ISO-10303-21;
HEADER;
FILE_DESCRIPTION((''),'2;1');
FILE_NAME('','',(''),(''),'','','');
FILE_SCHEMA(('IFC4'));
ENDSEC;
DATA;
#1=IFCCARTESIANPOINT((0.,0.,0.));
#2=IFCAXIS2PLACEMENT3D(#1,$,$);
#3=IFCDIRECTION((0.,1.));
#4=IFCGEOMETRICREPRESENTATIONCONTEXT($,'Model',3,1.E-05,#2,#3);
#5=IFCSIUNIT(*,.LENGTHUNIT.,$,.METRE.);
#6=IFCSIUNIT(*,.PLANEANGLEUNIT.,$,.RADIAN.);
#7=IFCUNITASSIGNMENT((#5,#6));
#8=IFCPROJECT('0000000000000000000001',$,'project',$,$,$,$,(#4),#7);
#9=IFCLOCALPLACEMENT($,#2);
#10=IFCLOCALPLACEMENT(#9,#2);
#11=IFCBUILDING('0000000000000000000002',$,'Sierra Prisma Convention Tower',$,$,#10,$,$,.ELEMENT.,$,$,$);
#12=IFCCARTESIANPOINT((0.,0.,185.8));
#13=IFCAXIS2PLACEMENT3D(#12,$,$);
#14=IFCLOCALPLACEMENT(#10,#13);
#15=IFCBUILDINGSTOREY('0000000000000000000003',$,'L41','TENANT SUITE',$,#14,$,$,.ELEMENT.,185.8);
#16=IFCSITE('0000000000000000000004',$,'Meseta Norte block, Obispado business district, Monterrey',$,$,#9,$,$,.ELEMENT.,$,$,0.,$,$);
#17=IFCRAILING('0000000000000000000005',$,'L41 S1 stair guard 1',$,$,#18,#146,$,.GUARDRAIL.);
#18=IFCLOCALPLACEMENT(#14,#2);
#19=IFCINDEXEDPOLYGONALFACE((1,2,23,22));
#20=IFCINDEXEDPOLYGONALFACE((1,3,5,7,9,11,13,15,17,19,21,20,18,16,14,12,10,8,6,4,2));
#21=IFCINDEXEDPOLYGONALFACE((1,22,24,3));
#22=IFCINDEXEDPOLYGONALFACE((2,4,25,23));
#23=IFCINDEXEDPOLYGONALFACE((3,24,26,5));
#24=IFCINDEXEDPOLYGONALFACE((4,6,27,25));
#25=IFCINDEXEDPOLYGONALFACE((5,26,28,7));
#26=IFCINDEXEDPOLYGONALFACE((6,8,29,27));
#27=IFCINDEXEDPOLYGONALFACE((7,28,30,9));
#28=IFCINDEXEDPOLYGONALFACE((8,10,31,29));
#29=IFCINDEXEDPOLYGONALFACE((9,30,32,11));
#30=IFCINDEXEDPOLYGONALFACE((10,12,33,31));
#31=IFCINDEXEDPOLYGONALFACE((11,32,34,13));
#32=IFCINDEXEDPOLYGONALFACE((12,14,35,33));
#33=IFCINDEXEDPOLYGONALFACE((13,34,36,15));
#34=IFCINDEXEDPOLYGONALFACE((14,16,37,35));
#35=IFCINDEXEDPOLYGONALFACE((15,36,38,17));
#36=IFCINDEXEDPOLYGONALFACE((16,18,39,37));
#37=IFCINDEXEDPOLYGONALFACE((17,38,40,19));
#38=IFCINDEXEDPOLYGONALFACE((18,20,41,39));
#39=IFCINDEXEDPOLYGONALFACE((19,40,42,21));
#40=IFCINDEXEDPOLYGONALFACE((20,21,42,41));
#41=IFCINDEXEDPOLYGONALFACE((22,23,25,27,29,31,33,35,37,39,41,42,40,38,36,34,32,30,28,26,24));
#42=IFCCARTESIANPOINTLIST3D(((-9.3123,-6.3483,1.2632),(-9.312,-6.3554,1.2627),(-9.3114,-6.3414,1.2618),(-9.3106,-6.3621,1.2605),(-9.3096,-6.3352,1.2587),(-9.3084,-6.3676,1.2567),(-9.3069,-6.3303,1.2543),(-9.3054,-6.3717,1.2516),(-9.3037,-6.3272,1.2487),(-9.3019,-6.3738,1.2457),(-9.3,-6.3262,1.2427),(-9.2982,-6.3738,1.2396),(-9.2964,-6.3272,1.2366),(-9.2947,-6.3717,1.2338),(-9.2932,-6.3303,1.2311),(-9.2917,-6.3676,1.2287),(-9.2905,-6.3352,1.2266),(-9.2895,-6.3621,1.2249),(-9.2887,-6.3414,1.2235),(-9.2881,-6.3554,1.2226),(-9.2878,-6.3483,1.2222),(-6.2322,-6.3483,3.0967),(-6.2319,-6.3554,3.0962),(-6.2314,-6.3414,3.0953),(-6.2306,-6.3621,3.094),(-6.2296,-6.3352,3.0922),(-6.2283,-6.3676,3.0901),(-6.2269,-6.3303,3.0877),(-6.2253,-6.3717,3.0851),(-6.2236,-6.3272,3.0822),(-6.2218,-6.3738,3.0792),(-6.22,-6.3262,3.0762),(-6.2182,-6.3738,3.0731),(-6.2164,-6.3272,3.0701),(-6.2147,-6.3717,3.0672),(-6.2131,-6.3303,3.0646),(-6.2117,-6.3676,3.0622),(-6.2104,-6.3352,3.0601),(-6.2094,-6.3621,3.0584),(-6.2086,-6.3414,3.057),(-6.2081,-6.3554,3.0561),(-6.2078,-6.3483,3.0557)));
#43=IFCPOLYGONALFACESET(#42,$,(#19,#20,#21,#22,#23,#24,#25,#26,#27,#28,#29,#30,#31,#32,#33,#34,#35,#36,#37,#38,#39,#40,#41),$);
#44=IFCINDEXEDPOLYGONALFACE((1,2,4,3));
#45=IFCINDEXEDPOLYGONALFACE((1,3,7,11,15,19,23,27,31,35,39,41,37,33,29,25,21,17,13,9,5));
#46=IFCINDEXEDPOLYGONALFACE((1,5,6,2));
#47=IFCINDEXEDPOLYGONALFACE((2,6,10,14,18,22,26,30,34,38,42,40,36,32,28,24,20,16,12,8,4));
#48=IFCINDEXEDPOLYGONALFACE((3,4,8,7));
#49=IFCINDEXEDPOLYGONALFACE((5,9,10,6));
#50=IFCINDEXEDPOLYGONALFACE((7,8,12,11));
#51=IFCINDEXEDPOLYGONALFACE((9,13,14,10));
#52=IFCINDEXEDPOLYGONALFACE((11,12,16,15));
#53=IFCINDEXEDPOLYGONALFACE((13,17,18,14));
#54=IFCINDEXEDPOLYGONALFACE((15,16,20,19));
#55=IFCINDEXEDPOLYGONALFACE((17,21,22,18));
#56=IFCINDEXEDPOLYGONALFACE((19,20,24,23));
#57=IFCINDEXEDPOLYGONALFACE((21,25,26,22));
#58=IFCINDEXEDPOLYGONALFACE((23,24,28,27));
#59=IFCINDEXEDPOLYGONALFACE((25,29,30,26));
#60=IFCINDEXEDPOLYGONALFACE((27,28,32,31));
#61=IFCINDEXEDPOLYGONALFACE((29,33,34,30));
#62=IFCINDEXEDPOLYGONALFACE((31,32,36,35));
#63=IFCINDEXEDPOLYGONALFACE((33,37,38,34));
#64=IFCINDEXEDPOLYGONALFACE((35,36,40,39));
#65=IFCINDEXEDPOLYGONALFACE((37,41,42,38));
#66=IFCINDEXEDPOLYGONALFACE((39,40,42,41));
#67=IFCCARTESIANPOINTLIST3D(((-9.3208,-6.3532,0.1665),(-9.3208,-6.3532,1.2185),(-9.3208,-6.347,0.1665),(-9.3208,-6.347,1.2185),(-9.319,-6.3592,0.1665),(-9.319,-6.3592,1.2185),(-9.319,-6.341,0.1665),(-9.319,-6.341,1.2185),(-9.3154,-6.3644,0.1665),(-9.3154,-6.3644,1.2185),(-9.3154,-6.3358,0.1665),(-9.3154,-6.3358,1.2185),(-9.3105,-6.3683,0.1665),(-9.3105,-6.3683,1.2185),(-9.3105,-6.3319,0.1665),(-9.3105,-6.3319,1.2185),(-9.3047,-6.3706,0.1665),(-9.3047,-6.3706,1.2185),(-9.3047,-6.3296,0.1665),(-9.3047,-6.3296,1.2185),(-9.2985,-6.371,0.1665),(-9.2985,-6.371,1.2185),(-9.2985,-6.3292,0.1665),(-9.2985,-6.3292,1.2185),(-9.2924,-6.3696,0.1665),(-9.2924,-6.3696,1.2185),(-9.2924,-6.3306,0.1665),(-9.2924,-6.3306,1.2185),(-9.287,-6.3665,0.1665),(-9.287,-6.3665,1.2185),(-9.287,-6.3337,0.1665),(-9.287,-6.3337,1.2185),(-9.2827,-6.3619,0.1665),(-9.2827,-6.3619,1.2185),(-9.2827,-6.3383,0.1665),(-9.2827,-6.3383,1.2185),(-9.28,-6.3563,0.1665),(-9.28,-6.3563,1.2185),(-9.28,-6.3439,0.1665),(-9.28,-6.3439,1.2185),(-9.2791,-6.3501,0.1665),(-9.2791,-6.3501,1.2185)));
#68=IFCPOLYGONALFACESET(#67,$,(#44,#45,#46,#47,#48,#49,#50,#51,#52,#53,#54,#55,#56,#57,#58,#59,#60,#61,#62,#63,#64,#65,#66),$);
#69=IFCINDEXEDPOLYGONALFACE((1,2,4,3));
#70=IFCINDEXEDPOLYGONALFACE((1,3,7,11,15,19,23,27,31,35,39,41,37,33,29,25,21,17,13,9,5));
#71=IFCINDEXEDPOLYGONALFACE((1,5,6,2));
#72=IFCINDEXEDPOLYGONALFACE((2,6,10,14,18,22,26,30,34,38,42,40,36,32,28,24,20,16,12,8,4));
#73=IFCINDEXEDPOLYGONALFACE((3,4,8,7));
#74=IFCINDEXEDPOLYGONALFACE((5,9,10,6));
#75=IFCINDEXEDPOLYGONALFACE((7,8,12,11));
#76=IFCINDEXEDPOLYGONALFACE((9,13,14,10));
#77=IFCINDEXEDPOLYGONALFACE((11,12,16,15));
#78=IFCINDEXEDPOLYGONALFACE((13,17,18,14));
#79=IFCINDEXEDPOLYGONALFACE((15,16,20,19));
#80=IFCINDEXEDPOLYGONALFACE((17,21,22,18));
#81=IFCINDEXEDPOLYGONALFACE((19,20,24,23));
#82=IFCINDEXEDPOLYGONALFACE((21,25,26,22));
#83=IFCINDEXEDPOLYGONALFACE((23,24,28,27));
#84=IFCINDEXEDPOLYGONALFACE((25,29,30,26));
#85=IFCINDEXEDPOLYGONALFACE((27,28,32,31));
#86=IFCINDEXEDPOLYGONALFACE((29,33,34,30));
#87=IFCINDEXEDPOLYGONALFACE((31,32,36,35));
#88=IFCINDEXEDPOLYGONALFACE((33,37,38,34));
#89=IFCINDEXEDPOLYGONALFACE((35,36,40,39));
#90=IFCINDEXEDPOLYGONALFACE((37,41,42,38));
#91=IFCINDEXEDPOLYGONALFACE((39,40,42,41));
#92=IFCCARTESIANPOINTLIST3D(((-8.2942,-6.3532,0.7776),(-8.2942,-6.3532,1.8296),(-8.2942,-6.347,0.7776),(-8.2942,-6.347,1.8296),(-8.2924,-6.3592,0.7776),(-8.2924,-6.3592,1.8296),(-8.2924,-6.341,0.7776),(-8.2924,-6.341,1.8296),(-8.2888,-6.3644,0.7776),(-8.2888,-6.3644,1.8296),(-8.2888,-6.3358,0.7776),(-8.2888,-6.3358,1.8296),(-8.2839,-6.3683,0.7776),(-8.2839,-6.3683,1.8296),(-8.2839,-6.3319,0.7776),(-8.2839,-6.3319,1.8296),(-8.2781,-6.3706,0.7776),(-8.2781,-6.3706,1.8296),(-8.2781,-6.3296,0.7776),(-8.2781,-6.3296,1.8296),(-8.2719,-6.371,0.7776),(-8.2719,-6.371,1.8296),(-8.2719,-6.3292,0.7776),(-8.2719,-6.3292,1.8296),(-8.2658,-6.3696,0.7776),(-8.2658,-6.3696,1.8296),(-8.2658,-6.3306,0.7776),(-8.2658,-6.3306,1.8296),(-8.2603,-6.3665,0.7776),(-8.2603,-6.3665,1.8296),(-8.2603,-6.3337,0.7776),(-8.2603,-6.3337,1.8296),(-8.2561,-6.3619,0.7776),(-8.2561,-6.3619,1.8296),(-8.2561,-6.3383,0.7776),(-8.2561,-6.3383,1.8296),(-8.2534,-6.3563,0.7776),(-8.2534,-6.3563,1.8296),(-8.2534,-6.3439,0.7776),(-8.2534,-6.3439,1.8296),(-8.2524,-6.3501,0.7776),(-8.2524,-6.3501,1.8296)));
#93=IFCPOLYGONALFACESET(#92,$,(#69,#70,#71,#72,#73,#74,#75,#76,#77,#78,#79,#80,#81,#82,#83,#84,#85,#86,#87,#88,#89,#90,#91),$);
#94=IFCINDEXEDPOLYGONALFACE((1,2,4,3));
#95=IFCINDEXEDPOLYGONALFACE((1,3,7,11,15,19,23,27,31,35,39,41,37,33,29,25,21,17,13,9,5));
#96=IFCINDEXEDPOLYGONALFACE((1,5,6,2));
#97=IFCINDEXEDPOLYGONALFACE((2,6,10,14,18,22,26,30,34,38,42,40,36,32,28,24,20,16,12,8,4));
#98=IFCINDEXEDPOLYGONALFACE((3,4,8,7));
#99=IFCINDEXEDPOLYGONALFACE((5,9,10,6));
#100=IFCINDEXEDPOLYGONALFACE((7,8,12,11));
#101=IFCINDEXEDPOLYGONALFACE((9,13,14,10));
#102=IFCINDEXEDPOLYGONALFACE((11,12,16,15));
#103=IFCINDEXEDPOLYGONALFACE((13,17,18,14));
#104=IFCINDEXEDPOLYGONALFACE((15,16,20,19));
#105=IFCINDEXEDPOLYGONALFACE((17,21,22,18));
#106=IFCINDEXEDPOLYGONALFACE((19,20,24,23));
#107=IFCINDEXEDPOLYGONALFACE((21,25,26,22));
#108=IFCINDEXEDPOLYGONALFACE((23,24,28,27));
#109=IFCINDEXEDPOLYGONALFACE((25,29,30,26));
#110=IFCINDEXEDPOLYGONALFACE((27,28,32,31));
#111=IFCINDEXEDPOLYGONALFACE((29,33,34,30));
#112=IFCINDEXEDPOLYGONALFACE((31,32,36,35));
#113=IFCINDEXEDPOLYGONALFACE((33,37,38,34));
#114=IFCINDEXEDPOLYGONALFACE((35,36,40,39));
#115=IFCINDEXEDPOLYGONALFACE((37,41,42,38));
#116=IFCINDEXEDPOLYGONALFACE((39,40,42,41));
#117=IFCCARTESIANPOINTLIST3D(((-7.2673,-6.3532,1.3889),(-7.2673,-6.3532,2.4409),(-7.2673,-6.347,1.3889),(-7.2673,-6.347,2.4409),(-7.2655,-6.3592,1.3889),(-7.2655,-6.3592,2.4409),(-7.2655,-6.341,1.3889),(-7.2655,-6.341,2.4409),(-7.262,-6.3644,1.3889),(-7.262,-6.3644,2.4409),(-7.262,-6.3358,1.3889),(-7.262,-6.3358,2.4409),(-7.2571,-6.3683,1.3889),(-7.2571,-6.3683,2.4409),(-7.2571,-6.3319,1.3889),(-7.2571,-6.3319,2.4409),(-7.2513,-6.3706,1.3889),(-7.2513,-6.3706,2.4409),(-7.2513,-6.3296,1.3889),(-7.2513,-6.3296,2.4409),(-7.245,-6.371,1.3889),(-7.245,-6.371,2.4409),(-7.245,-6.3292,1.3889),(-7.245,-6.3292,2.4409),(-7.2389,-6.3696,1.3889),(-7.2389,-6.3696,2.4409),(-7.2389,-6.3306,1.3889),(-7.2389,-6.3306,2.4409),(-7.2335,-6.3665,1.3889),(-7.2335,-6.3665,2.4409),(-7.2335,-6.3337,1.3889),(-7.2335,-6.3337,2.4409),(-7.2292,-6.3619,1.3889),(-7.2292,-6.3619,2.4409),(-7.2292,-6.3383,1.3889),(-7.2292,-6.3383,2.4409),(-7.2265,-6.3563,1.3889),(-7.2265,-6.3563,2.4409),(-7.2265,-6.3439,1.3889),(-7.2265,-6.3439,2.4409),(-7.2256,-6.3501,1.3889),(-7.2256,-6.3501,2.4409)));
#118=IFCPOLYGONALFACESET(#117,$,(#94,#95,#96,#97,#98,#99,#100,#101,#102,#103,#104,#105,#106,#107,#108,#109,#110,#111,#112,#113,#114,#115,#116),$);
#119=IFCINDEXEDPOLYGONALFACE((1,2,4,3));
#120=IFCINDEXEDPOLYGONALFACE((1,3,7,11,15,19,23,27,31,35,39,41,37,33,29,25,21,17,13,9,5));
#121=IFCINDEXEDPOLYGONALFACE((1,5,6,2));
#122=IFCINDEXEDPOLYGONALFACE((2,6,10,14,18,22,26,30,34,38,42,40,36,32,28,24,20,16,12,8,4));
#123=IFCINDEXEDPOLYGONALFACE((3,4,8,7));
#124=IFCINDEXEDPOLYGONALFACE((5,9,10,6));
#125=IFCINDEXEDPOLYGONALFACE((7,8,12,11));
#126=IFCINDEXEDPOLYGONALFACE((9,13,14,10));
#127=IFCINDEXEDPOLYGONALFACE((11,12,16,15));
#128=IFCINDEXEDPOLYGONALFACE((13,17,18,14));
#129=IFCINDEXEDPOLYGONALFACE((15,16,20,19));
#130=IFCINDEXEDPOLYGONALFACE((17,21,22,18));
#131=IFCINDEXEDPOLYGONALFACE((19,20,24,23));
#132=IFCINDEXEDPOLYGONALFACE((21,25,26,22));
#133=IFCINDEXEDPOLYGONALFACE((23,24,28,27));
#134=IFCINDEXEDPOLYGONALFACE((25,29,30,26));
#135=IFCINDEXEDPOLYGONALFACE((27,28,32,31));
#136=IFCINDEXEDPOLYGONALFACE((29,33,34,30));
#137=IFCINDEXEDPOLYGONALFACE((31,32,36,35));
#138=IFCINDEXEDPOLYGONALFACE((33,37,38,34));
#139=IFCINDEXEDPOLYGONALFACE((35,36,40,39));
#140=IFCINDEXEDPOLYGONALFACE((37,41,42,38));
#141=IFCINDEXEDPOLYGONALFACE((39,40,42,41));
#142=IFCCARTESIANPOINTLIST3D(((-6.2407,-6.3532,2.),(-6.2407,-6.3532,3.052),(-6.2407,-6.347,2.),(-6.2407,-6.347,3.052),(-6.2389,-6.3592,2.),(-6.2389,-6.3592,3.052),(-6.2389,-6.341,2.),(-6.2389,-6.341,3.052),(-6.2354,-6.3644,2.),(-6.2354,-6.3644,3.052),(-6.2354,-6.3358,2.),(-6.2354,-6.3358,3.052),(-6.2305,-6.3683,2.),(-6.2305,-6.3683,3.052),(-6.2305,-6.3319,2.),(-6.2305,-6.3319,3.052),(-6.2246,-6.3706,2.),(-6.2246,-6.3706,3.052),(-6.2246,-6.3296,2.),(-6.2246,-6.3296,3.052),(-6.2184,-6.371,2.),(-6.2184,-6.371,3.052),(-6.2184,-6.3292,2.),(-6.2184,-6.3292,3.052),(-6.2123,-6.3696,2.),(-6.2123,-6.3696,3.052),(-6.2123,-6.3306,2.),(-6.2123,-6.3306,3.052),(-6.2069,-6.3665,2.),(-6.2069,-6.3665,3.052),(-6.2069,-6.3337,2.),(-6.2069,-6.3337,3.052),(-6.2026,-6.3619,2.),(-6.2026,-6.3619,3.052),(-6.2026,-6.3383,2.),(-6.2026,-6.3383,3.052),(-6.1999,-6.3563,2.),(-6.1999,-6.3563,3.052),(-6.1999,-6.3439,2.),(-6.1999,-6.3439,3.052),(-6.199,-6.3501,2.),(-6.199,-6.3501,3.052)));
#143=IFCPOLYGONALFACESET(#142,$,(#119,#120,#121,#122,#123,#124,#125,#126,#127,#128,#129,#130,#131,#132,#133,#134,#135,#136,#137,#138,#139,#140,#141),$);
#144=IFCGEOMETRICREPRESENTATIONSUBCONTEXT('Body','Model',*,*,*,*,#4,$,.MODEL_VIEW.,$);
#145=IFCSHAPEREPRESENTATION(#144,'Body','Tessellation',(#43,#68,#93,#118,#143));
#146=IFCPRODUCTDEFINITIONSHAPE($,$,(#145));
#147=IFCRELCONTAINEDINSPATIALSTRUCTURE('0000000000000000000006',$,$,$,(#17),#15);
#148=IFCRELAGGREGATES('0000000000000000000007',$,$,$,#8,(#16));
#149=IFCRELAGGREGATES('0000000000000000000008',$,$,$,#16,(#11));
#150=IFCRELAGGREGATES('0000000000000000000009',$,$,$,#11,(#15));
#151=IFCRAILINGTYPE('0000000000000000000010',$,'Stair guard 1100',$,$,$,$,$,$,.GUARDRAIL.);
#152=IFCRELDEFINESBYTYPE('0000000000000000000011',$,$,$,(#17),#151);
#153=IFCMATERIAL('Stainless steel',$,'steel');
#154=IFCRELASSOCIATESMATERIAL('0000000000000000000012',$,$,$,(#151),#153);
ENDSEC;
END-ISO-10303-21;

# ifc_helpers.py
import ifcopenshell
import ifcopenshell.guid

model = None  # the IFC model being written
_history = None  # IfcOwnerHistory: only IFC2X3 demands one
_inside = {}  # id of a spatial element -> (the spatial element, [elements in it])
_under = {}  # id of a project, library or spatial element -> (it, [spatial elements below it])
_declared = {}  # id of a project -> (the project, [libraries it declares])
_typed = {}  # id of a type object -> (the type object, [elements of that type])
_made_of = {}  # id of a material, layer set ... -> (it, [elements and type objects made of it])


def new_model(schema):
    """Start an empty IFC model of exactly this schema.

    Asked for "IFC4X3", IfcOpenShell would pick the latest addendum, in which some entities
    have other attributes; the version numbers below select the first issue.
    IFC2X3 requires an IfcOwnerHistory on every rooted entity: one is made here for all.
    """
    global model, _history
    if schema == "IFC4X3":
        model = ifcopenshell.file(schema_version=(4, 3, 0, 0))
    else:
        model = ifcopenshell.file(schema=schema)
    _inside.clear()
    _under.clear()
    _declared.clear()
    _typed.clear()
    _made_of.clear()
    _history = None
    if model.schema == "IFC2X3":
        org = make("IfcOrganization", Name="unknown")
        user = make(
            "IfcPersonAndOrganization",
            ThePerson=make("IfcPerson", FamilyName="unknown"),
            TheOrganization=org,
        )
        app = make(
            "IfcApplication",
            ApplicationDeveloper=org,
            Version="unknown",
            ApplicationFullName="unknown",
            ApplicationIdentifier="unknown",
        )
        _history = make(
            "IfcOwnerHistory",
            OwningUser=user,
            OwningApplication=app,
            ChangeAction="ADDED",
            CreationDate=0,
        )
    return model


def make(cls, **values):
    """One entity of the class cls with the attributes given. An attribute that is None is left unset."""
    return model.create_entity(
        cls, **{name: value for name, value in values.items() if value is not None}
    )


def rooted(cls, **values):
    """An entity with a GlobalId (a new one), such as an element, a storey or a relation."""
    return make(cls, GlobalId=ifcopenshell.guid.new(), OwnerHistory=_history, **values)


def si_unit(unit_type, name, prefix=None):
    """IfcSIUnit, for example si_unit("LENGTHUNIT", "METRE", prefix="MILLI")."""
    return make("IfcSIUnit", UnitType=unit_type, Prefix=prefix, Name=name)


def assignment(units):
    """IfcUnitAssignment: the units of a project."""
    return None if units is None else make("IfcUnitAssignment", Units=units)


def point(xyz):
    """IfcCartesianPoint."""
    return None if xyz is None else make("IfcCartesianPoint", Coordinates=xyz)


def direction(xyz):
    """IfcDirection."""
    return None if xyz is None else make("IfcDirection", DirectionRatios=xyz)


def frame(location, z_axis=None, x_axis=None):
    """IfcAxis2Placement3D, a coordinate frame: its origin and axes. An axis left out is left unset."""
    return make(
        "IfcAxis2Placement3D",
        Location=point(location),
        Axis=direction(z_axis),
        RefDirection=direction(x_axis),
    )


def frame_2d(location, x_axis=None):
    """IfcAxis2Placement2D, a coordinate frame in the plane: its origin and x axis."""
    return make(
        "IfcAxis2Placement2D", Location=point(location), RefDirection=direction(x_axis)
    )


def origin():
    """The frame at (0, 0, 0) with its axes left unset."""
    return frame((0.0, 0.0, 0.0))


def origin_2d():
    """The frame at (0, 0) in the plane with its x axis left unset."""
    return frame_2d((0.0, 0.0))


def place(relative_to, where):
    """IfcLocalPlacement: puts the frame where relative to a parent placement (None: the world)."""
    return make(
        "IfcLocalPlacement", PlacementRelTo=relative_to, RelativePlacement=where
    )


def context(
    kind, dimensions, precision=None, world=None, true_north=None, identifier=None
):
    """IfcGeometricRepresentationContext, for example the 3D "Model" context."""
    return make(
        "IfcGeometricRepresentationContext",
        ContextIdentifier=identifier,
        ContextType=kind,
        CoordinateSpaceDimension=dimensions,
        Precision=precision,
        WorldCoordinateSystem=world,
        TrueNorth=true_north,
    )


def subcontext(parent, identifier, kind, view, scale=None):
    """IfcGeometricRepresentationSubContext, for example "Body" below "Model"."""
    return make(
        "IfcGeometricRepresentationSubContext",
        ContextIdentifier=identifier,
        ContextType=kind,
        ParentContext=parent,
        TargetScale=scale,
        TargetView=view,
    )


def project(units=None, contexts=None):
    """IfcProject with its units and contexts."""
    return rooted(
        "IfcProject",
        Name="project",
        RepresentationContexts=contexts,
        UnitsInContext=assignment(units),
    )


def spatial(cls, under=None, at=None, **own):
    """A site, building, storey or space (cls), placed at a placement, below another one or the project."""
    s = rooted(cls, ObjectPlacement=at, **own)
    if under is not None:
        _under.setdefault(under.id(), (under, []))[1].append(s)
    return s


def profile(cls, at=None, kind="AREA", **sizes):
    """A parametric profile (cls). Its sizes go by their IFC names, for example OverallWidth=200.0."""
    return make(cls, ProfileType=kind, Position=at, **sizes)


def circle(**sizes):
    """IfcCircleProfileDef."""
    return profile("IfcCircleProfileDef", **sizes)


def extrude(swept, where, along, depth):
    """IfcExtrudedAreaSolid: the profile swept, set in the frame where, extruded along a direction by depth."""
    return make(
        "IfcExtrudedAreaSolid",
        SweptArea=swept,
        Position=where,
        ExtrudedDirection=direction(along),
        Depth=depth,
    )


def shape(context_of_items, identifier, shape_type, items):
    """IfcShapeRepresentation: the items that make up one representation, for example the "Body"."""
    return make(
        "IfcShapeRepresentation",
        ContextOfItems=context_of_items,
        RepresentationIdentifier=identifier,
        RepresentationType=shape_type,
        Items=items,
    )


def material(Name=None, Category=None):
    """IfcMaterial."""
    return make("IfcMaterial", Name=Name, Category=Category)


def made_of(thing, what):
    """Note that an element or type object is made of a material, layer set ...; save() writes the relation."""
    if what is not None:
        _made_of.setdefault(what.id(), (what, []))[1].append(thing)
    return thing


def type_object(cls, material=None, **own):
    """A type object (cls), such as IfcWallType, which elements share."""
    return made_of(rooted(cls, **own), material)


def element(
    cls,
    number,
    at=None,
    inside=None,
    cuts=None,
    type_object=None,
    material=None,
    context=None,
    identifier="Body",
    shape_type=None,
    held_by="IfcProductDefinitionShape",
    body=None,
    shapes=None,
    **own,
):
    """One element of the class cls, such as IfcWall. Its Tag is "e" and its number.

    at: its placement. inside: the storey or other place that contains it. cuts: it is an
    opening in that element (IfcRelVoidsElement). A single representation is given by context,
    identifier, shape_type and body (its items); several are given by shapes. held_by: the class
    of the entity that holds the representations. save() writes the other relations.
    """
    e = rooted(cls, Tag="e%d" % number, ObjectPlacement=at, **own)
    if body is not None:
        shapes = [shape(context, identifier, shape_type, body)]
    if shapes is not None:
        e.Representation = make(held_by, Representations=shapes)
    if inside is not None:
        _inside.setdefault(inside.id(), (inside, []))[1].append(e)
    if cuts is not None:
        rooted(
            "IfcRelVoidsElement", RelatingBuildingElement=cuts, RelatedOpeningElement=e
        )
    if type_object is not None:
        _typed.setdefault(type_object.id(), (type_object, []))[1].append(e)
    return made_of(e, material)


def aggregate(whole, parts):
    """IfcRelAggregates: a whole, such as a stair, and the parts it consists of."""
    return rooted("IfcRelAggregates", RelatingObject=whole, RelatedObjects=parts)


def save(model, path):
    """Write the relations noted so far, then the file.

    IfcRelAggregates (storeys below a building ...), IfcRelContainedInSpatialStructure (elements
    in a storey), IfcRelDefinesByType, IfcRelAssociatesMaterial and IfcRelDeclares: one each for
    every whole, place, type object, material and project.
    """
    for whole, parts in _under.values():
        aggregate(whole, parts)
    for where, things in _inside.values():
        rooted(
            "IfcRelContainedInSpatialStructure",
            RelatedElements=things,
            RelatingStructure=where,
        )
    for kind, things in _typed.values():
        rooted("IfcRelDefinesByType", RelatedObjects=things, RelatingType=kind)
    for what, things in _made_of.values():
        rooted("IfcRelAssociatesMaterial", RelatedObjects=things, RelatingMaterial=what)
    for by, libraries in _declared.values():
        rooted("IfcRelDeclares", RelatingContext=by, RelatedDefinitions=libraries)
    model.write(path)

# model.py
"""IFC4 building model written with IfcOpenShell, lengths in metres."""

from ifc_helpers import new_model, si_unit, direction, frame, origin, origin_2d, place, context, subcontext, project, spatial, circle, extrude, material, type_object, element, save


model = new_model("IFC4")

# Units and contexts
model_context = context("Model", 3, precision=1e-05, world=origin(), true_north=direction((0.0, 1.0)))
body_context = subcontext(model_context, "Body", "Model", "MODEL_VIEW")
ifc_project = project(units=[si_unit("LENGTHUNIT", "METRE"), si_unit("PLANEANGLEUNIT", "RADIAN")], contexts=[model_context])

# Site, building, storey
site_placement = place(None, origin())
site = spatial("IfcSite", under=ifc_project, at=site_placement, Name="Meseta Norte block, Obispado business district, Monterrey", CompositionType="ELEMENT", RefElevation=0.0)
building_placement = place(site_placement, origin())
building = spatial("IfcBuilding", under=site, at=building_placement, Name="Sierra Prisma Convention Tower", CompositionType="ELEMENT")
storey_placement = place(building_placement, frame((0.0, 0.0, 185.8)))
storey = spatial("IfcBuildingStorey", under=building, at=storey_placement, Name="L41", Description="TENANT SUITE", CompositionType="ELEMENT", Elevation=185.8)

# Railing
ifc_material_1 = material(Name="Stainless steel", Category="steel")
railing_type_1 = type_object("IfcRailingType", Name="Stair guard 1100", PredefinedType="GUARDRAIL", material=ifc_material_1)
railing_1_placement = place(storey_placement, frame((-9.3, -6.3501, 0.1665)))
element("IfcRailing", 1, at=railing_1_placement, inside=storey, type_object=railing_type_1, Name="L41 S1 stair guard 1", PredefinedType="GUARDRAIL", context=body_context, shape_type="SweptSolid", body=[
    extrude(circle(Radius=0.0239, at=origin_2d()), frame((0.0, 0.0, 1.0762), z_axis=(0.859279, 0.0, 0.511508), x_axis=(0.0, 1.0, 0.0)), (0.0, 0.0, 1.0), 3.5845),
    extrude(circle(Radius=0.021, at=origin_2d()), origin(), (0.0, 0.0, 1.0), 1.052),
    extrude(circle(Radius=0.021, at=origin_2d()), frame((1.0266, 0.0, 0.6111)), (0.0, 0.0, 1.0), 1.052),
    extrude(circle(Radius=0.021, at=origin_2d()), frame((2.0535, 0.0, 1.2224)), (0.0, 0.0, 1.0), 1.052),
    extrude(circle(Radius=0.021, at=origin_2d()), frame((3.0801, 0.0, 1.8335)), (0.0, 0.0, 1.0), 1.052),
])

save(model, "model.ifc")
